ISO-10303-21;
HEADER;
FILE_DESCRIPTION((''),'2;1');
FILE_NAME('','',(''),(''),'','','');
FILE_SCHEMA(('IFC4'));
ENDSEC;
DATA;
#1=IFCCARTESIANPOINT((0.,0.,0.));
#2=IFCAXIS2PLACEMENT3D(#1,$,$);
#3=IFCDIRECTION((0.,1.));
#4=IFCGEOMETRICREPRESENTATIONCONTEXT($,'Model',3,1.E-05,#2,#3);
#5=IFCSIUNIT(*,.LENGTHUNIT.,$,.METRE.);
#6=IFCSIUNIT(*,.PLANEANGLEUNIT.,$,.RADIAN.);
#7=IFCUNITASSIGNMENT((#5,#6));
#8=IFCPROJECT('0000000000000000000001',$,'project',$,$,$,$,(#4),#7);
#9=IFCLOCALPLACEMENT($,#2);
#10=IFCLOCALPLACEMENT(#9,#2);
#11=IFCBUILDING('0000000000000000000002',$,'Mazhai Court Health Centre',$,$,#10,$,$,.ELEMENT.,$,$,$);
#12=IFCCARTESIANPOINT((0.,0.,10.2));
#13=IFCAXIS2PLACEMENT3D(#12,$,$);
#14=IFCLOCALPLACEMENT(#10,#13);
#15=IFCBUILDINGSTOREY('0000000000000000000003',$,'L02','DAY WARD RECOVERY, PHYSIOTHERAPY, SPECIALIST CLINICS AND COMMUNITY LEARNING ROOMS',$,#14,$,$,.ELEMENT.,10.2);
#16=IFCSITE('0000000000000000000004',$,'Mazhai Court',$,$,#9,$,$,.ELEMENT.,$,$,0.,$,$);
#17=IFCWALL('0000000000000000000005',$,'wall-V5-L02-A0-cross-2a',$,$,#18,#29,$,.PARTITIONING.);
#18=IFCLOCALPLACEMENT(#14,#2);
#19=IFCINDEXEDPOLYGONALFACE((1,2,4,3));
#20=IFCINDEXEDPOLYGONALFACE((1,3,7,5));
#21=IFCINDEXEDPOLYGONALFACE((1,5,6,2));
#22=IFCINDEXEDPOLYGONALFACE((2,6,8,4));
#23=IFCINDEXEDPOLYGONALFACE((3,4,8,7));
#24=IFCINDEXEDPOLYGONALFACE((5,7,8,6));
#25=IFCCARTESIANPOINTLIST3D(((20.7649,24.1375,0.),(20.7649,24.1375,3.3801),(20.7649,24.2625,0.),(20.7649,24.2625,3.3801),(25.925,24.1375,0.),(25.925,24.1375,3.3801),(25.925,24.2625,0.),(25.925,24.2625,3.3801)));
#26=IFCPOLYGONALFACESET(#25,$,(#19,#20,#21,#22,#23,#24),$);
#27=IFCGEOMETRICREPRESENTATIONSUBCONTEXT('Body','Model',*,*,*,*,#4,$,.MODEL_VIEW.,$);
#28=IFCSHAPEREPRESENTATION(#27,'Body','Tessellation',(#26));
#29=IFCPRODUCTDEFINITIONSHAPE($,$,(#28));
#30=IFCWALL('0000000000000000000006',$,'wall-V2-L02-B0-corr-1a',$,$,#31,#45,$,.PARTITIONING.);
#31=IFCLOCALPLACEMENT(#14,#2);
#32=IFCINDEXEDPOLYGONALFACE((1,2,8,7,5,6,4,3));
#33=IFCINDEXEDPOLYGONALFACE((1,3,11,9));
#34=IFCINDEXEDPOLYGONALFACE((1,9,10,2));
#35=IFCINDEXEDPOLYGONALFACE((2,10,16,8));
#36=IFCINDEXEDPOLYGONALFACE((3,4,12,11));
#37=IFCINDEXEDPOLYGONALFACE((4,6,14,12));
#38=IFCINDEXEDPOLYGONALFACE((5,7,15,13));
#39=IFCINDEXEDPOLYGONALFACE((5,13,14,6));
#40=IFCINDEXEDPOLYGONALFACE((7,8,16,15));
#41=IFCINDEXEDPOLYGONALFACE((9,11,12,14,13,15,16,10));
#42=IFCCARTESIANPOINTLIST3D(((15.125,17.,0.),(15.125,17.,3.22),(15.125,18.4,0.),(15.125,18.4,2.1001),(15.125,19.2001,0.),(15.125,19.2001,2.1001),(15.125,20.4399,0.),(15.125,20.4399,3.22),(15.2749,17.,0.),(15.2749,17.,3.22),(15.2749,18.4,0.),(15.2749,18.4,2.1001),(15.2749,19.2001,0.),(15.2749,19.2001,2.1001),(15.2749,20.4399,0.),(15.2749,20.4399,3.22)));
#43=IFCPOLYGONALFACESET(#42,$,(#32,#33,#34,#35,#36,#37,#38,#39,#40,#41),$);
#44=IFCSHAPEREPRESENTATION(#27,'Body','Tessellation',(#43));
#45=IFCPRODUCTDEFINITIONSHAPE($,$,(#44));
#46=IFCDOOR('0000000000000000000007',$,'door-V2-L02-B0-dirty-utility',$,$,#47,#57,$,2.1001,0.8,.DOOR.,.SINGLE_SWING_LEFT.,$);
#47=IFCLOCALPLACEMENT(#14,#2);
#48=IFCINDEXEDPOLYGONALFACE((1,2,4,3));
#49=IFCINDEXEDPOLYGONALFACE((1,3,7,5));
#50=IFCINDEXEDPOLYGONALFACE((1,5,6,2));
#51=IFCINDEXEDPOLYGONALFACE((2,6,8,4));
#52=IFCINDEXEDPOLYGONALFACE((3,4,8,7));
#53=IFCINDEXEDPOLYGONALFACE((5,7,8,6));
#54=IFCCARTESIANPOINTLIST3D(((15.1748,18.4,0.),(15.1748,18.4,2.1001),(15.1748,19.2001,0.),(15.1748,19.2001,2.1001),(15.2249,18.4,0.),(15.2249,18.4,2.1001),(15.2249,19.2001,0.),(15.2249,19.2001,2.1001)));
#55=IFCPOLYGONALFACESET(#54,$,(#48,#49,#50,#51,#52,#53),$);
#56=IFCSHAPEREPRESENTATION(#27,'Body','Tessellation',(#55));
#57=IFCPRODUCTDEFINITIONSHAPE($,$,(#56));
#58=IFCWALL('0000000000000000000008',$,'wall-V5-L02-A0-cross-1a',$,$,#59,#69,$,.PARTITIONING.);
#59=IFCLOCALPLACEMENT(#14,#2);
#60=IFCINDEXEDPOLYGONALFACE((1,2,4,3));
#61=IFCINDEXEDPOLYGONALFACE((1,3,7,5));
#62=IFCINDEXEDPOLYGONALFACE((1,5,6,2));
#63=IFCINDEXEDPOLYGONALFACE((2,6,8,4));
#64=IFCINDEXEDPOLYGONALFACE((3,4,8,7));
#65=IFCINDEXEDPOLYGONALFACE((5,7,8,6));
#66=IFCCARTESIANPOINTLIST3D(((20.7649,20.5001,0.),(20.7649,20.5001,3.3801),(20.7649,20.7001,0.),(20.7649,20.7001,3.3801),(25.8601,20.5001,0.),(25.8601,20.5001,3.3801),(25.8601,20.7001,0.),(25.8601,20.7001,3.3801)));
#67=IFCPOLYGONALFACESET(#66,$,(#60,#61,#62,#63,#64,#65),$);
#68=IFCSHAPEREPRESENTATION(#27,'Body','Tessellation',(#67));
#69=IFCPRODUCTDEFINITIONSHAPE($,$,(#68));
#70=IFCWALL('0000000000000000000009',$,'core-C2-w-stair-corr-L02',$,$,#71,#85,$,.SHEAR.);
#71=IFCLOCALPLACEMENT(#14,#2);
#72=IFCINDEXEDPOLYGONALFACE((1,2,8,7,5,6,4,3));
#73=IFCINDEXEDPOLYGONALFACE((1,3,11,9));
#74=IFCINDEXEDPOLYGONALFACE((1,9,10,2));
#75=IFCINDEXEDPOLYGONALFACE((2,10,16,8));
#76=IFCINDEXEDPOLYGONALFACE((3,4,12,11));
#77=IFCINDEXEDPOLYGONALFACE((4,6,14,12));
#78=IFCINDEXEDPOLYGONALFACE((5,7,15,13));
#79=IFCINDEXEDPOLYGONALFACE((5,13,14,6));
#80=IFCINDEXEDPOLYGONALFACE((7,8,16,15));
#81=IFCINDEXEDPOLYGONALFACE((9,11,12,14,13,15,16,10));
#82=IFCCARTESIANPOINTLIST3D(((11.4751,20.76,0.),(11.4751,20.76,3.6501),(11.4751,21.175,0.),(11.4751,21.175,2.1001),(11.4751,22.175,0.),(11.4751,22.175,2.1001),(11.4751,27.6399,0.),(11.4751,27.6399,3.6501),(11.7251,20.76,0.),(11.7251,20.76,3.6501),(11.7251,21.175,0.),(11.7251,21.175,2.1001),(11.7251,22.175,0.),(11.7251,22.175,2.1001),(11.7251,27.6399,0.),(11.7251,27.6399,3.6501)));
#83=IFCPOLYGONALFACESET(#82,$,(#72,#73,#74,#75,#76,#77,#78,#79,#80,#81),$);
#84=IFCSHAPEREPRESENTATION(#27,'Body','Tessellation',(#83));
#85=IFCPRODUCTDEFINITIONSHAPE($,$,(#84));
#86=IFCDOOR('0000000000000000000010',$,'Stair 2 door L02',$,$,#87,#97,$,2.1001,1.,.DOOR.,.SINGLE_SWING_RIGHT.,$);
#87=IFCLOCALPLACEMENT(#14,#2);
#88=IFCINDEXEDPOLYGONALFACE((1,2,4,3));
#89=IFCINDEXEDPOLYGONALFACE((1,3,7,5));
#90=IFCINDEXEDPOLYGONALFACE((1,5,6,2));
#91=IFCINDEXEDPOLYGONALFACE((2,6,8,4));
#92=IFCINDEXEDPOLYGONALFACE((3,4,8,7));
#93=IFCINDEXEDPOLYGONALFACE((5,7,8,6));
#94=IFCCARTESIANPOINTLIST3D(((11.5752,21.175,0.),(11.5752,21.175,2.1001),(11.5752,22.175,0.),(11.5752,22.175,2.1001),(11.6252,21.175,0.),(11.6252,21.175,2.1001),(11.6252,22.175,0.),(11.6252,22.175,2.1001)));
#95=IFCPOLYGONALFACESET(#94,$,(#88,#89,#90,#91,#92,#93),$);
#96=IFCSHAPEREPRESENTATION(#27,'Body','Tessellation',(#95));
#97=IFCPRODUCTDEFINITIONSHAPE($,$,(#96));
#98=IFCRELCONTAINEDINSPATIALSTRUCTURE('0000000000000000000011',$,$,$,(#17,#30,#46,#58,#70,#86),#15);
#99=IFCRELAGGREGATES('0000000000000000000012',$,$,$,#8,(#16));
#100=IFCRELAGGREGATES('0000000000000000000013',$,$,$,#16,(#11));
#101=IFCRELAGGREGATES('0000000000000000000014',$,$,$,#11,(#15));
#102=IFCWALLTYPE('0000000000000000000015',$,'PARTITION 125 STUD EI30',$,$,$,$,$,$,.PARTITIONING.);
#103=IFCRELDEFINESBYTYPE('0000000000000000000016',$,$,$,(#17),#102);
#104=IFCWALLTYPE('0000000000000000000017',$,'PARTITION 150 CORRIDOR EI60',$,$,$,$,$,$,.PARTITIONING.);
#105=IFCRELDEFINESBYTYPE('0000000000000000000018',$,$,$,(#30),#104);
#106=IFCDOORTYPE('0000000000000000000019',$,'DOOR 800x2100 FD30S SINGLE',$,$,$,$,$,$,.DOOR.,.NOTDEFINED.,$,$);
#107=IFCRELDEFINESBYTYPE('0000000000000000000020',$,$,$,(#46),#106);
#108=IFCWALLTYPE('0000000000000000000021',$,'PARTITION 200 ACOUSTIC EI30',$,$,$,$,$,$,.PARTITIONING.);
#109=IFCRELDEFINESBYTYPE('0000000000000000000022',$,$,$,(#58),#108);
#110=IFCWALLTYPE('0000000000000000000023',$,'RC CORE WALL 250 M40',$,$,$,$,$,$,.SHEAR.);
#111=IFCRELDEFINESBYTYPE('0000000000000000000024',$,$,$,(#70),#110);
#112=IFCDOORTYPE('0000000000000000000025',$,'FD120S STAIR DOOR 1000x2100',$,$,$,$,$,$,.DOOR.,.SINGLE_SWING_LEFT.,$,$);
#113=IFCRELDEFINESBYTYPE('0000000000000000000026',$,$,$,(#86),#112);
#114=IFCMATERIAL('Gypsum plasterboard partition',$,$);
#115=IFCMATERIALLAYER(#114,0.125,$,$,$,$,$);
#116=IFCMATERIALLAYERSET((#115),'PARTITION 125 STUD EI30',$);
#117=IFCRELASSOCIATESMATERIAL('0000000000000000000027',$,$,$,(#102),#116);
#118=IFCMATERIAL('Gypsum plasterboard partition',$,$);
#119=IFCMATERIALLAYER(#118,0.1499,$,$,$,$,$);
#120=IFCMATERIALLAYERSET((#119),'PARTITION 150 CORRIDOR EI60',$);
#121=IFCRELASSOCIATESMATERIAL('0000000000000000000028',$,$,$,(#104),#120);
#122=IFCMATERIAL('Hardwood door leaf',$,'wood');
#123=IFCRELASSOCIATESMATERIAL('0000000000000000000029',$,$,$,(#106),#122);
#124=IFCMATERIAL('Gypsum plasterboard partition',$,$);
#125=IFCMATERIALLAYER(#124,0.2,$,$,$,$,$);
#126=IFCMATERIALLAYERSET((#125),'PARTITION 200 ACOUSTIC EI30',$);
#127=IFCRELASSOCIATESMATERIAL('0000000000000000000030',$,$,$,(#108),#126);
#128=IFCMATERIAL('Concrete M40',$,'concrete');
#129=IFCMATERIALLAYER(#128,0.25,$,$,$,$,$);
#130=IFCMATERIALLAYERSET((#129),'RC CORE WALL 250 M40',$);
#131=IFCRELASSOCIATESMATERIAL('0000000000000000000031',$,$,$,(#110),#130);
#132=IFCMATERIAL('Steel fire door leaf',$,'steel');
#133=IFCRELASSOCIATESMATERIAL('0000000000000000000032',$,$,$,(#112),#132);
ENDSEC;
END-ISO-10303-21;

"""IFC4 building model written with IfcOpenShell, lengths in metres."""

from ifc_helpers import new_model, si_unit, direction, frame, frame_2d, origin, place, context, subcontext, project, spatial, rectangle, extrude, material, layer, layer_set, type_object, element, fill, save


model = new_model("IFC4")

# Units and contexts
model_context = context("Model", 3, precision=1e-05, world=origin(), true_north=direction((0.0, 1.0)))
body_context = subcontext(model_context, "Body", "Model", "MODEL_VIEW")
ifc_project = project(units=[si_unit("LENGTHUNIT", "METRE"), si_unit("PLANEANGLEUNIT", "RADIAN")], contexts=[model_context])

# Site, building, storey
site_placement = place(None, origin())
site = spatial("IfcSite", under=ifc_project, at=site_placement, Name="Mazhai Court", CompositionType="ELEMENT", RefElevation=0.0)
building_placement = place(site_placement, origin())
building = spatial("IfcBuilding", under=site, at=building_placement, Name="Mazhai Court Health Centre", CompositionType="ELEMENT")
storey_placement = place(building_placement, frame((0.0, 0.0, 10.2)))
storey = spatial("IfcBuildingStorey", under=building, at=storey_placement, Name="L02", Description="DAY WARD RECOVERY, PHYSIOTHERAPY, SPECIALIST CLINICS AND COMMUNITY LEARNING ROOMS", CompositionType="ELEMENT", Elevation=10.2)

# Wall
ifc_material_1 = material(Name="Gypsum plasterboard partition")
ifc_layer_1 = layer(ifc_material_1, 0.125)
ifc_layer_set_1 = layer_set([ifc_layer_1], Name="PARTITION 125 STUD EI30")
wall_type_1 = type_object("IfcWallType", Name="PARTITION 125 STUD EI30", PredefinedType="PARTITIONING", material=ifc_layer_set_1)
wall_1_placement = place(storey_placement, frame((20.7649, 24.2, 0.0), z_axis=(0.0, 0.0, 1.0), x_axis=(1.0, 0.0, 0.0)))
element("IfcWall", 1, at=wall_1_placement, inside=storey, type_object=wall_type_1, Name="wall-V5-L02-A0-cross-2a", PredefinedType="PARTITIONING", context=body_context, shape_type="SweptSolid", body=[
    extrude(rectangle(XDim=5.1602, YDim=0.125, at=frame_2d((2.5801, 0.0))), origin(), (0.0, 0.0, 1.0), 3.3801),
])

# Wall, opening, door
ifc_material_2 = material(Name="Gypsum plasterboard partition")
ifc_layer_2 = layer(ifc_material_2, 0.1499)
ifc_layer_set_2 = layer_set([ifc_layer_2], Name="PARTITION 150 CORRIDOR EI60")
wall_type_2 = type_object("IfcWallType", Name="PARTITION 150 CORRIDOR EI60", PredefinedType="PARTITIONING", material=ifc_layer_set_2)
wall_2_placement = place(storey_placement, frame((15.2, 20.4399, 0.0), z_axis=(0.0, 0.0, 1.0), x_axis=(0.0, -1.0, 0.0)))
wall_2 = element("IfcWall", 2, at=wall_2_placement, inside=storey, type_object=wall_type_2, Name="wall-V2-L02-B0-corr-1a", PredefinedType="PARTITIONING", context=body_context, shape_type="SweptSolid", body=[
    extrude(rectangle(XDim=3.4399, YDim=0.1499, at=frame_2d((1.72, 0.0))), origin(), (0.0, 0.0, 1.0), 3.22),
])
opening_1_placement = place(wall_2_placement, frame((1.24, 0.0, 0.0)))
opening_1 = element("IfcOpeningElement", 3, at=opening_1_placement, cuts=wall_2, PredefinedType="OPENING", context=body_context, shape_type="SweptSolid", body=[
    extrude(rectangle(XDim=0.8, YDim=2.1001, at=frame_2d((0.3999, 1.05))), frame((0.0, 0.085, 0.0), z_axis=(0.0, -1.0, 0.0), x_axis=(1.0, 0.0, 0.0)), (0.0, 0.0, 1.0), 0.1699),
])
ifc_material_3 = material(Name="Hardwood door leaf", Category="wood")
door_type_1 = type_object("IfcDoorType", Name="DOOR 800x2100 FD30S SINGLE", OperationType="NOTDEFINED", PredefinedType="DOOR", material=ifc_material_3)
door_1_placement = place(opening_1_placement, origin())
door_1 = element("IfcDoor", 4, at=door_1_placement, inside=storey, type_object=door_type_1, Name="door-V2-L02-B0-dirty-utility", OperationType="SINGLE_SWING_LEFT", OverallHeight=2.1001, OverallWidth=0.8, PredefinedType="DOOR", context=body_context, shape_type="SweptSolid", body=[
    extrude(rectangle(XDim=0.8, YDim=2.1001, at=frame_2d((0.3999, 1.05))), frame((0.0, 0.0249, 0.0), z_axis=(0.0, -1.0, 0.0), x_axis=(1.0, 0.0, 0.0)), (0.0, 0.0, 1.0), 0.05),
])
fill(opening_1, door_1)

# Wall
ifc_material_4 = material(Name="Gypsum plasterboard partition")
ifc_layer_3 = layer(ifc_material_4, 0.2)
ifc_layer_set_3 = layer_set([ifc_layer_3], Name="PARTITION 200 ACOUSTIC EI30")
wall_type_3 = type_object("IfcWallType", Name="PARTITION 200 ACOUSTIC EI30", PredefinedType="PARTITIONING", material=ifc_layer_set_3)
wall_3_placement = place(storey_placement, frame((20.7649, 20.6001, 0.0), z_axis=(0.0, 0.0, 1.0), x_axis=(1.0, 0.0, 0.0)))
element("IfcWall", 5, at=wall_3_placement, inside=storey, type_object=wall_type_3, Name="wall-V5-L02-A0-cross-1a", PredefinedType="PARTITIONING", context=body_context, shape_type="SweptSolid", body=[
    extrude(rectangle(XDim=5.0952, YDim=0.2, at=frame_2d((2.5476, 0.0))), origin(), (0.0, 0.0, 1.0), 3.3801),
])

# Wall, opening, door
ifc_material_5 = material(Name="Concrete M40", Category="concrete")
ifc_layer_4 = layer(ifc_material_5, 0.25)
ifc_layer_set_4 = layer_set([ifc_layer_4], Name="RC CORE WALL 250 M40")
wall_type_4 = type_object("IfcWallType", Name="RC CORE WALL 250 M40", PredefinedType="SHEAR", material=ifc_layer_set_4)
wall_4_placement = place(storey_placement, frame((11.6001, 20.76, 0.0), z_axis=(0.0, 0.0, 1.0), x_axis=(0.0, 1.0, 0.0)))
wall_4 = element("IfcWall", 6, at=wall_4_placement, inside=storey, type_object=wall_type_4, Name="core-C2-w-stair-corr-L02", PredefinedType="SHEAR", context=body_context, shape_type="SweptSolid", body=[
    extrude(rectangle(XDim=6.8799, YDim=0.25, at=frame_2d((3.4399, 0.0))), origin(), (0.0, 0.0, 1.0), 3.6501),
])
opening_2_placement = place(wall_4_placement, frame((0.415, 0.0, 0.0)))
opening_2 = element("IfcOpeningElement", 7, at=opening_2_placement, cuts=wall_4, PredefinedType="OPENING", context=body_context, shape_type="SweptSolid", body=[
    extrude(rectangle(XDim=1.0, YDim=2.1001, at=frame_2d((0.5, 1.05))), frame((0.0, 0.135, 0.0), z_axis=(0.0, -1.0, 0.0), x_axis=(1.0, 0.0, 0.0)), (0.0, 0.0, 1.0), 0.27),
])
ifc_material_6 = material(Name="Steel fire door leaf", Category="steel")
door_type_2 = type_object("IfcDoorType", Name="FD120S STAIR DOOR 1000x2100", OperationType="SINGLE_SWING_LEFT", PredefinedType="DOOR", material=ifc_material_6)
door_2_placement = place(opening_2_placement, origin())
door_2 = element("IfcDoor", 8, at=door_2_placement, inside=storey, type_object=door_type_2, Name="Stair 2 door L02", OperationType="SINGLE_SWING_RIGHT", OverallHeight=2.1001, OverallWidth=1.0, PredefinedType="DOOR", context=body_context, shape_type="SweptSolid", body=[
    extrude(rectangle(XDim=1.0, YDim=2.1001, at=frame_2d((0.5, 1.05))), frame((0.0, 0.0249, 0.0), z_axis=(0.0, -1.0, 0.0), x_axis=(1.0, 0.0, 0.0)), (0.0, 0.0, 1.0), 0.05),
])
fill(opening_2, door_2)

save(model, "model.ifc")
